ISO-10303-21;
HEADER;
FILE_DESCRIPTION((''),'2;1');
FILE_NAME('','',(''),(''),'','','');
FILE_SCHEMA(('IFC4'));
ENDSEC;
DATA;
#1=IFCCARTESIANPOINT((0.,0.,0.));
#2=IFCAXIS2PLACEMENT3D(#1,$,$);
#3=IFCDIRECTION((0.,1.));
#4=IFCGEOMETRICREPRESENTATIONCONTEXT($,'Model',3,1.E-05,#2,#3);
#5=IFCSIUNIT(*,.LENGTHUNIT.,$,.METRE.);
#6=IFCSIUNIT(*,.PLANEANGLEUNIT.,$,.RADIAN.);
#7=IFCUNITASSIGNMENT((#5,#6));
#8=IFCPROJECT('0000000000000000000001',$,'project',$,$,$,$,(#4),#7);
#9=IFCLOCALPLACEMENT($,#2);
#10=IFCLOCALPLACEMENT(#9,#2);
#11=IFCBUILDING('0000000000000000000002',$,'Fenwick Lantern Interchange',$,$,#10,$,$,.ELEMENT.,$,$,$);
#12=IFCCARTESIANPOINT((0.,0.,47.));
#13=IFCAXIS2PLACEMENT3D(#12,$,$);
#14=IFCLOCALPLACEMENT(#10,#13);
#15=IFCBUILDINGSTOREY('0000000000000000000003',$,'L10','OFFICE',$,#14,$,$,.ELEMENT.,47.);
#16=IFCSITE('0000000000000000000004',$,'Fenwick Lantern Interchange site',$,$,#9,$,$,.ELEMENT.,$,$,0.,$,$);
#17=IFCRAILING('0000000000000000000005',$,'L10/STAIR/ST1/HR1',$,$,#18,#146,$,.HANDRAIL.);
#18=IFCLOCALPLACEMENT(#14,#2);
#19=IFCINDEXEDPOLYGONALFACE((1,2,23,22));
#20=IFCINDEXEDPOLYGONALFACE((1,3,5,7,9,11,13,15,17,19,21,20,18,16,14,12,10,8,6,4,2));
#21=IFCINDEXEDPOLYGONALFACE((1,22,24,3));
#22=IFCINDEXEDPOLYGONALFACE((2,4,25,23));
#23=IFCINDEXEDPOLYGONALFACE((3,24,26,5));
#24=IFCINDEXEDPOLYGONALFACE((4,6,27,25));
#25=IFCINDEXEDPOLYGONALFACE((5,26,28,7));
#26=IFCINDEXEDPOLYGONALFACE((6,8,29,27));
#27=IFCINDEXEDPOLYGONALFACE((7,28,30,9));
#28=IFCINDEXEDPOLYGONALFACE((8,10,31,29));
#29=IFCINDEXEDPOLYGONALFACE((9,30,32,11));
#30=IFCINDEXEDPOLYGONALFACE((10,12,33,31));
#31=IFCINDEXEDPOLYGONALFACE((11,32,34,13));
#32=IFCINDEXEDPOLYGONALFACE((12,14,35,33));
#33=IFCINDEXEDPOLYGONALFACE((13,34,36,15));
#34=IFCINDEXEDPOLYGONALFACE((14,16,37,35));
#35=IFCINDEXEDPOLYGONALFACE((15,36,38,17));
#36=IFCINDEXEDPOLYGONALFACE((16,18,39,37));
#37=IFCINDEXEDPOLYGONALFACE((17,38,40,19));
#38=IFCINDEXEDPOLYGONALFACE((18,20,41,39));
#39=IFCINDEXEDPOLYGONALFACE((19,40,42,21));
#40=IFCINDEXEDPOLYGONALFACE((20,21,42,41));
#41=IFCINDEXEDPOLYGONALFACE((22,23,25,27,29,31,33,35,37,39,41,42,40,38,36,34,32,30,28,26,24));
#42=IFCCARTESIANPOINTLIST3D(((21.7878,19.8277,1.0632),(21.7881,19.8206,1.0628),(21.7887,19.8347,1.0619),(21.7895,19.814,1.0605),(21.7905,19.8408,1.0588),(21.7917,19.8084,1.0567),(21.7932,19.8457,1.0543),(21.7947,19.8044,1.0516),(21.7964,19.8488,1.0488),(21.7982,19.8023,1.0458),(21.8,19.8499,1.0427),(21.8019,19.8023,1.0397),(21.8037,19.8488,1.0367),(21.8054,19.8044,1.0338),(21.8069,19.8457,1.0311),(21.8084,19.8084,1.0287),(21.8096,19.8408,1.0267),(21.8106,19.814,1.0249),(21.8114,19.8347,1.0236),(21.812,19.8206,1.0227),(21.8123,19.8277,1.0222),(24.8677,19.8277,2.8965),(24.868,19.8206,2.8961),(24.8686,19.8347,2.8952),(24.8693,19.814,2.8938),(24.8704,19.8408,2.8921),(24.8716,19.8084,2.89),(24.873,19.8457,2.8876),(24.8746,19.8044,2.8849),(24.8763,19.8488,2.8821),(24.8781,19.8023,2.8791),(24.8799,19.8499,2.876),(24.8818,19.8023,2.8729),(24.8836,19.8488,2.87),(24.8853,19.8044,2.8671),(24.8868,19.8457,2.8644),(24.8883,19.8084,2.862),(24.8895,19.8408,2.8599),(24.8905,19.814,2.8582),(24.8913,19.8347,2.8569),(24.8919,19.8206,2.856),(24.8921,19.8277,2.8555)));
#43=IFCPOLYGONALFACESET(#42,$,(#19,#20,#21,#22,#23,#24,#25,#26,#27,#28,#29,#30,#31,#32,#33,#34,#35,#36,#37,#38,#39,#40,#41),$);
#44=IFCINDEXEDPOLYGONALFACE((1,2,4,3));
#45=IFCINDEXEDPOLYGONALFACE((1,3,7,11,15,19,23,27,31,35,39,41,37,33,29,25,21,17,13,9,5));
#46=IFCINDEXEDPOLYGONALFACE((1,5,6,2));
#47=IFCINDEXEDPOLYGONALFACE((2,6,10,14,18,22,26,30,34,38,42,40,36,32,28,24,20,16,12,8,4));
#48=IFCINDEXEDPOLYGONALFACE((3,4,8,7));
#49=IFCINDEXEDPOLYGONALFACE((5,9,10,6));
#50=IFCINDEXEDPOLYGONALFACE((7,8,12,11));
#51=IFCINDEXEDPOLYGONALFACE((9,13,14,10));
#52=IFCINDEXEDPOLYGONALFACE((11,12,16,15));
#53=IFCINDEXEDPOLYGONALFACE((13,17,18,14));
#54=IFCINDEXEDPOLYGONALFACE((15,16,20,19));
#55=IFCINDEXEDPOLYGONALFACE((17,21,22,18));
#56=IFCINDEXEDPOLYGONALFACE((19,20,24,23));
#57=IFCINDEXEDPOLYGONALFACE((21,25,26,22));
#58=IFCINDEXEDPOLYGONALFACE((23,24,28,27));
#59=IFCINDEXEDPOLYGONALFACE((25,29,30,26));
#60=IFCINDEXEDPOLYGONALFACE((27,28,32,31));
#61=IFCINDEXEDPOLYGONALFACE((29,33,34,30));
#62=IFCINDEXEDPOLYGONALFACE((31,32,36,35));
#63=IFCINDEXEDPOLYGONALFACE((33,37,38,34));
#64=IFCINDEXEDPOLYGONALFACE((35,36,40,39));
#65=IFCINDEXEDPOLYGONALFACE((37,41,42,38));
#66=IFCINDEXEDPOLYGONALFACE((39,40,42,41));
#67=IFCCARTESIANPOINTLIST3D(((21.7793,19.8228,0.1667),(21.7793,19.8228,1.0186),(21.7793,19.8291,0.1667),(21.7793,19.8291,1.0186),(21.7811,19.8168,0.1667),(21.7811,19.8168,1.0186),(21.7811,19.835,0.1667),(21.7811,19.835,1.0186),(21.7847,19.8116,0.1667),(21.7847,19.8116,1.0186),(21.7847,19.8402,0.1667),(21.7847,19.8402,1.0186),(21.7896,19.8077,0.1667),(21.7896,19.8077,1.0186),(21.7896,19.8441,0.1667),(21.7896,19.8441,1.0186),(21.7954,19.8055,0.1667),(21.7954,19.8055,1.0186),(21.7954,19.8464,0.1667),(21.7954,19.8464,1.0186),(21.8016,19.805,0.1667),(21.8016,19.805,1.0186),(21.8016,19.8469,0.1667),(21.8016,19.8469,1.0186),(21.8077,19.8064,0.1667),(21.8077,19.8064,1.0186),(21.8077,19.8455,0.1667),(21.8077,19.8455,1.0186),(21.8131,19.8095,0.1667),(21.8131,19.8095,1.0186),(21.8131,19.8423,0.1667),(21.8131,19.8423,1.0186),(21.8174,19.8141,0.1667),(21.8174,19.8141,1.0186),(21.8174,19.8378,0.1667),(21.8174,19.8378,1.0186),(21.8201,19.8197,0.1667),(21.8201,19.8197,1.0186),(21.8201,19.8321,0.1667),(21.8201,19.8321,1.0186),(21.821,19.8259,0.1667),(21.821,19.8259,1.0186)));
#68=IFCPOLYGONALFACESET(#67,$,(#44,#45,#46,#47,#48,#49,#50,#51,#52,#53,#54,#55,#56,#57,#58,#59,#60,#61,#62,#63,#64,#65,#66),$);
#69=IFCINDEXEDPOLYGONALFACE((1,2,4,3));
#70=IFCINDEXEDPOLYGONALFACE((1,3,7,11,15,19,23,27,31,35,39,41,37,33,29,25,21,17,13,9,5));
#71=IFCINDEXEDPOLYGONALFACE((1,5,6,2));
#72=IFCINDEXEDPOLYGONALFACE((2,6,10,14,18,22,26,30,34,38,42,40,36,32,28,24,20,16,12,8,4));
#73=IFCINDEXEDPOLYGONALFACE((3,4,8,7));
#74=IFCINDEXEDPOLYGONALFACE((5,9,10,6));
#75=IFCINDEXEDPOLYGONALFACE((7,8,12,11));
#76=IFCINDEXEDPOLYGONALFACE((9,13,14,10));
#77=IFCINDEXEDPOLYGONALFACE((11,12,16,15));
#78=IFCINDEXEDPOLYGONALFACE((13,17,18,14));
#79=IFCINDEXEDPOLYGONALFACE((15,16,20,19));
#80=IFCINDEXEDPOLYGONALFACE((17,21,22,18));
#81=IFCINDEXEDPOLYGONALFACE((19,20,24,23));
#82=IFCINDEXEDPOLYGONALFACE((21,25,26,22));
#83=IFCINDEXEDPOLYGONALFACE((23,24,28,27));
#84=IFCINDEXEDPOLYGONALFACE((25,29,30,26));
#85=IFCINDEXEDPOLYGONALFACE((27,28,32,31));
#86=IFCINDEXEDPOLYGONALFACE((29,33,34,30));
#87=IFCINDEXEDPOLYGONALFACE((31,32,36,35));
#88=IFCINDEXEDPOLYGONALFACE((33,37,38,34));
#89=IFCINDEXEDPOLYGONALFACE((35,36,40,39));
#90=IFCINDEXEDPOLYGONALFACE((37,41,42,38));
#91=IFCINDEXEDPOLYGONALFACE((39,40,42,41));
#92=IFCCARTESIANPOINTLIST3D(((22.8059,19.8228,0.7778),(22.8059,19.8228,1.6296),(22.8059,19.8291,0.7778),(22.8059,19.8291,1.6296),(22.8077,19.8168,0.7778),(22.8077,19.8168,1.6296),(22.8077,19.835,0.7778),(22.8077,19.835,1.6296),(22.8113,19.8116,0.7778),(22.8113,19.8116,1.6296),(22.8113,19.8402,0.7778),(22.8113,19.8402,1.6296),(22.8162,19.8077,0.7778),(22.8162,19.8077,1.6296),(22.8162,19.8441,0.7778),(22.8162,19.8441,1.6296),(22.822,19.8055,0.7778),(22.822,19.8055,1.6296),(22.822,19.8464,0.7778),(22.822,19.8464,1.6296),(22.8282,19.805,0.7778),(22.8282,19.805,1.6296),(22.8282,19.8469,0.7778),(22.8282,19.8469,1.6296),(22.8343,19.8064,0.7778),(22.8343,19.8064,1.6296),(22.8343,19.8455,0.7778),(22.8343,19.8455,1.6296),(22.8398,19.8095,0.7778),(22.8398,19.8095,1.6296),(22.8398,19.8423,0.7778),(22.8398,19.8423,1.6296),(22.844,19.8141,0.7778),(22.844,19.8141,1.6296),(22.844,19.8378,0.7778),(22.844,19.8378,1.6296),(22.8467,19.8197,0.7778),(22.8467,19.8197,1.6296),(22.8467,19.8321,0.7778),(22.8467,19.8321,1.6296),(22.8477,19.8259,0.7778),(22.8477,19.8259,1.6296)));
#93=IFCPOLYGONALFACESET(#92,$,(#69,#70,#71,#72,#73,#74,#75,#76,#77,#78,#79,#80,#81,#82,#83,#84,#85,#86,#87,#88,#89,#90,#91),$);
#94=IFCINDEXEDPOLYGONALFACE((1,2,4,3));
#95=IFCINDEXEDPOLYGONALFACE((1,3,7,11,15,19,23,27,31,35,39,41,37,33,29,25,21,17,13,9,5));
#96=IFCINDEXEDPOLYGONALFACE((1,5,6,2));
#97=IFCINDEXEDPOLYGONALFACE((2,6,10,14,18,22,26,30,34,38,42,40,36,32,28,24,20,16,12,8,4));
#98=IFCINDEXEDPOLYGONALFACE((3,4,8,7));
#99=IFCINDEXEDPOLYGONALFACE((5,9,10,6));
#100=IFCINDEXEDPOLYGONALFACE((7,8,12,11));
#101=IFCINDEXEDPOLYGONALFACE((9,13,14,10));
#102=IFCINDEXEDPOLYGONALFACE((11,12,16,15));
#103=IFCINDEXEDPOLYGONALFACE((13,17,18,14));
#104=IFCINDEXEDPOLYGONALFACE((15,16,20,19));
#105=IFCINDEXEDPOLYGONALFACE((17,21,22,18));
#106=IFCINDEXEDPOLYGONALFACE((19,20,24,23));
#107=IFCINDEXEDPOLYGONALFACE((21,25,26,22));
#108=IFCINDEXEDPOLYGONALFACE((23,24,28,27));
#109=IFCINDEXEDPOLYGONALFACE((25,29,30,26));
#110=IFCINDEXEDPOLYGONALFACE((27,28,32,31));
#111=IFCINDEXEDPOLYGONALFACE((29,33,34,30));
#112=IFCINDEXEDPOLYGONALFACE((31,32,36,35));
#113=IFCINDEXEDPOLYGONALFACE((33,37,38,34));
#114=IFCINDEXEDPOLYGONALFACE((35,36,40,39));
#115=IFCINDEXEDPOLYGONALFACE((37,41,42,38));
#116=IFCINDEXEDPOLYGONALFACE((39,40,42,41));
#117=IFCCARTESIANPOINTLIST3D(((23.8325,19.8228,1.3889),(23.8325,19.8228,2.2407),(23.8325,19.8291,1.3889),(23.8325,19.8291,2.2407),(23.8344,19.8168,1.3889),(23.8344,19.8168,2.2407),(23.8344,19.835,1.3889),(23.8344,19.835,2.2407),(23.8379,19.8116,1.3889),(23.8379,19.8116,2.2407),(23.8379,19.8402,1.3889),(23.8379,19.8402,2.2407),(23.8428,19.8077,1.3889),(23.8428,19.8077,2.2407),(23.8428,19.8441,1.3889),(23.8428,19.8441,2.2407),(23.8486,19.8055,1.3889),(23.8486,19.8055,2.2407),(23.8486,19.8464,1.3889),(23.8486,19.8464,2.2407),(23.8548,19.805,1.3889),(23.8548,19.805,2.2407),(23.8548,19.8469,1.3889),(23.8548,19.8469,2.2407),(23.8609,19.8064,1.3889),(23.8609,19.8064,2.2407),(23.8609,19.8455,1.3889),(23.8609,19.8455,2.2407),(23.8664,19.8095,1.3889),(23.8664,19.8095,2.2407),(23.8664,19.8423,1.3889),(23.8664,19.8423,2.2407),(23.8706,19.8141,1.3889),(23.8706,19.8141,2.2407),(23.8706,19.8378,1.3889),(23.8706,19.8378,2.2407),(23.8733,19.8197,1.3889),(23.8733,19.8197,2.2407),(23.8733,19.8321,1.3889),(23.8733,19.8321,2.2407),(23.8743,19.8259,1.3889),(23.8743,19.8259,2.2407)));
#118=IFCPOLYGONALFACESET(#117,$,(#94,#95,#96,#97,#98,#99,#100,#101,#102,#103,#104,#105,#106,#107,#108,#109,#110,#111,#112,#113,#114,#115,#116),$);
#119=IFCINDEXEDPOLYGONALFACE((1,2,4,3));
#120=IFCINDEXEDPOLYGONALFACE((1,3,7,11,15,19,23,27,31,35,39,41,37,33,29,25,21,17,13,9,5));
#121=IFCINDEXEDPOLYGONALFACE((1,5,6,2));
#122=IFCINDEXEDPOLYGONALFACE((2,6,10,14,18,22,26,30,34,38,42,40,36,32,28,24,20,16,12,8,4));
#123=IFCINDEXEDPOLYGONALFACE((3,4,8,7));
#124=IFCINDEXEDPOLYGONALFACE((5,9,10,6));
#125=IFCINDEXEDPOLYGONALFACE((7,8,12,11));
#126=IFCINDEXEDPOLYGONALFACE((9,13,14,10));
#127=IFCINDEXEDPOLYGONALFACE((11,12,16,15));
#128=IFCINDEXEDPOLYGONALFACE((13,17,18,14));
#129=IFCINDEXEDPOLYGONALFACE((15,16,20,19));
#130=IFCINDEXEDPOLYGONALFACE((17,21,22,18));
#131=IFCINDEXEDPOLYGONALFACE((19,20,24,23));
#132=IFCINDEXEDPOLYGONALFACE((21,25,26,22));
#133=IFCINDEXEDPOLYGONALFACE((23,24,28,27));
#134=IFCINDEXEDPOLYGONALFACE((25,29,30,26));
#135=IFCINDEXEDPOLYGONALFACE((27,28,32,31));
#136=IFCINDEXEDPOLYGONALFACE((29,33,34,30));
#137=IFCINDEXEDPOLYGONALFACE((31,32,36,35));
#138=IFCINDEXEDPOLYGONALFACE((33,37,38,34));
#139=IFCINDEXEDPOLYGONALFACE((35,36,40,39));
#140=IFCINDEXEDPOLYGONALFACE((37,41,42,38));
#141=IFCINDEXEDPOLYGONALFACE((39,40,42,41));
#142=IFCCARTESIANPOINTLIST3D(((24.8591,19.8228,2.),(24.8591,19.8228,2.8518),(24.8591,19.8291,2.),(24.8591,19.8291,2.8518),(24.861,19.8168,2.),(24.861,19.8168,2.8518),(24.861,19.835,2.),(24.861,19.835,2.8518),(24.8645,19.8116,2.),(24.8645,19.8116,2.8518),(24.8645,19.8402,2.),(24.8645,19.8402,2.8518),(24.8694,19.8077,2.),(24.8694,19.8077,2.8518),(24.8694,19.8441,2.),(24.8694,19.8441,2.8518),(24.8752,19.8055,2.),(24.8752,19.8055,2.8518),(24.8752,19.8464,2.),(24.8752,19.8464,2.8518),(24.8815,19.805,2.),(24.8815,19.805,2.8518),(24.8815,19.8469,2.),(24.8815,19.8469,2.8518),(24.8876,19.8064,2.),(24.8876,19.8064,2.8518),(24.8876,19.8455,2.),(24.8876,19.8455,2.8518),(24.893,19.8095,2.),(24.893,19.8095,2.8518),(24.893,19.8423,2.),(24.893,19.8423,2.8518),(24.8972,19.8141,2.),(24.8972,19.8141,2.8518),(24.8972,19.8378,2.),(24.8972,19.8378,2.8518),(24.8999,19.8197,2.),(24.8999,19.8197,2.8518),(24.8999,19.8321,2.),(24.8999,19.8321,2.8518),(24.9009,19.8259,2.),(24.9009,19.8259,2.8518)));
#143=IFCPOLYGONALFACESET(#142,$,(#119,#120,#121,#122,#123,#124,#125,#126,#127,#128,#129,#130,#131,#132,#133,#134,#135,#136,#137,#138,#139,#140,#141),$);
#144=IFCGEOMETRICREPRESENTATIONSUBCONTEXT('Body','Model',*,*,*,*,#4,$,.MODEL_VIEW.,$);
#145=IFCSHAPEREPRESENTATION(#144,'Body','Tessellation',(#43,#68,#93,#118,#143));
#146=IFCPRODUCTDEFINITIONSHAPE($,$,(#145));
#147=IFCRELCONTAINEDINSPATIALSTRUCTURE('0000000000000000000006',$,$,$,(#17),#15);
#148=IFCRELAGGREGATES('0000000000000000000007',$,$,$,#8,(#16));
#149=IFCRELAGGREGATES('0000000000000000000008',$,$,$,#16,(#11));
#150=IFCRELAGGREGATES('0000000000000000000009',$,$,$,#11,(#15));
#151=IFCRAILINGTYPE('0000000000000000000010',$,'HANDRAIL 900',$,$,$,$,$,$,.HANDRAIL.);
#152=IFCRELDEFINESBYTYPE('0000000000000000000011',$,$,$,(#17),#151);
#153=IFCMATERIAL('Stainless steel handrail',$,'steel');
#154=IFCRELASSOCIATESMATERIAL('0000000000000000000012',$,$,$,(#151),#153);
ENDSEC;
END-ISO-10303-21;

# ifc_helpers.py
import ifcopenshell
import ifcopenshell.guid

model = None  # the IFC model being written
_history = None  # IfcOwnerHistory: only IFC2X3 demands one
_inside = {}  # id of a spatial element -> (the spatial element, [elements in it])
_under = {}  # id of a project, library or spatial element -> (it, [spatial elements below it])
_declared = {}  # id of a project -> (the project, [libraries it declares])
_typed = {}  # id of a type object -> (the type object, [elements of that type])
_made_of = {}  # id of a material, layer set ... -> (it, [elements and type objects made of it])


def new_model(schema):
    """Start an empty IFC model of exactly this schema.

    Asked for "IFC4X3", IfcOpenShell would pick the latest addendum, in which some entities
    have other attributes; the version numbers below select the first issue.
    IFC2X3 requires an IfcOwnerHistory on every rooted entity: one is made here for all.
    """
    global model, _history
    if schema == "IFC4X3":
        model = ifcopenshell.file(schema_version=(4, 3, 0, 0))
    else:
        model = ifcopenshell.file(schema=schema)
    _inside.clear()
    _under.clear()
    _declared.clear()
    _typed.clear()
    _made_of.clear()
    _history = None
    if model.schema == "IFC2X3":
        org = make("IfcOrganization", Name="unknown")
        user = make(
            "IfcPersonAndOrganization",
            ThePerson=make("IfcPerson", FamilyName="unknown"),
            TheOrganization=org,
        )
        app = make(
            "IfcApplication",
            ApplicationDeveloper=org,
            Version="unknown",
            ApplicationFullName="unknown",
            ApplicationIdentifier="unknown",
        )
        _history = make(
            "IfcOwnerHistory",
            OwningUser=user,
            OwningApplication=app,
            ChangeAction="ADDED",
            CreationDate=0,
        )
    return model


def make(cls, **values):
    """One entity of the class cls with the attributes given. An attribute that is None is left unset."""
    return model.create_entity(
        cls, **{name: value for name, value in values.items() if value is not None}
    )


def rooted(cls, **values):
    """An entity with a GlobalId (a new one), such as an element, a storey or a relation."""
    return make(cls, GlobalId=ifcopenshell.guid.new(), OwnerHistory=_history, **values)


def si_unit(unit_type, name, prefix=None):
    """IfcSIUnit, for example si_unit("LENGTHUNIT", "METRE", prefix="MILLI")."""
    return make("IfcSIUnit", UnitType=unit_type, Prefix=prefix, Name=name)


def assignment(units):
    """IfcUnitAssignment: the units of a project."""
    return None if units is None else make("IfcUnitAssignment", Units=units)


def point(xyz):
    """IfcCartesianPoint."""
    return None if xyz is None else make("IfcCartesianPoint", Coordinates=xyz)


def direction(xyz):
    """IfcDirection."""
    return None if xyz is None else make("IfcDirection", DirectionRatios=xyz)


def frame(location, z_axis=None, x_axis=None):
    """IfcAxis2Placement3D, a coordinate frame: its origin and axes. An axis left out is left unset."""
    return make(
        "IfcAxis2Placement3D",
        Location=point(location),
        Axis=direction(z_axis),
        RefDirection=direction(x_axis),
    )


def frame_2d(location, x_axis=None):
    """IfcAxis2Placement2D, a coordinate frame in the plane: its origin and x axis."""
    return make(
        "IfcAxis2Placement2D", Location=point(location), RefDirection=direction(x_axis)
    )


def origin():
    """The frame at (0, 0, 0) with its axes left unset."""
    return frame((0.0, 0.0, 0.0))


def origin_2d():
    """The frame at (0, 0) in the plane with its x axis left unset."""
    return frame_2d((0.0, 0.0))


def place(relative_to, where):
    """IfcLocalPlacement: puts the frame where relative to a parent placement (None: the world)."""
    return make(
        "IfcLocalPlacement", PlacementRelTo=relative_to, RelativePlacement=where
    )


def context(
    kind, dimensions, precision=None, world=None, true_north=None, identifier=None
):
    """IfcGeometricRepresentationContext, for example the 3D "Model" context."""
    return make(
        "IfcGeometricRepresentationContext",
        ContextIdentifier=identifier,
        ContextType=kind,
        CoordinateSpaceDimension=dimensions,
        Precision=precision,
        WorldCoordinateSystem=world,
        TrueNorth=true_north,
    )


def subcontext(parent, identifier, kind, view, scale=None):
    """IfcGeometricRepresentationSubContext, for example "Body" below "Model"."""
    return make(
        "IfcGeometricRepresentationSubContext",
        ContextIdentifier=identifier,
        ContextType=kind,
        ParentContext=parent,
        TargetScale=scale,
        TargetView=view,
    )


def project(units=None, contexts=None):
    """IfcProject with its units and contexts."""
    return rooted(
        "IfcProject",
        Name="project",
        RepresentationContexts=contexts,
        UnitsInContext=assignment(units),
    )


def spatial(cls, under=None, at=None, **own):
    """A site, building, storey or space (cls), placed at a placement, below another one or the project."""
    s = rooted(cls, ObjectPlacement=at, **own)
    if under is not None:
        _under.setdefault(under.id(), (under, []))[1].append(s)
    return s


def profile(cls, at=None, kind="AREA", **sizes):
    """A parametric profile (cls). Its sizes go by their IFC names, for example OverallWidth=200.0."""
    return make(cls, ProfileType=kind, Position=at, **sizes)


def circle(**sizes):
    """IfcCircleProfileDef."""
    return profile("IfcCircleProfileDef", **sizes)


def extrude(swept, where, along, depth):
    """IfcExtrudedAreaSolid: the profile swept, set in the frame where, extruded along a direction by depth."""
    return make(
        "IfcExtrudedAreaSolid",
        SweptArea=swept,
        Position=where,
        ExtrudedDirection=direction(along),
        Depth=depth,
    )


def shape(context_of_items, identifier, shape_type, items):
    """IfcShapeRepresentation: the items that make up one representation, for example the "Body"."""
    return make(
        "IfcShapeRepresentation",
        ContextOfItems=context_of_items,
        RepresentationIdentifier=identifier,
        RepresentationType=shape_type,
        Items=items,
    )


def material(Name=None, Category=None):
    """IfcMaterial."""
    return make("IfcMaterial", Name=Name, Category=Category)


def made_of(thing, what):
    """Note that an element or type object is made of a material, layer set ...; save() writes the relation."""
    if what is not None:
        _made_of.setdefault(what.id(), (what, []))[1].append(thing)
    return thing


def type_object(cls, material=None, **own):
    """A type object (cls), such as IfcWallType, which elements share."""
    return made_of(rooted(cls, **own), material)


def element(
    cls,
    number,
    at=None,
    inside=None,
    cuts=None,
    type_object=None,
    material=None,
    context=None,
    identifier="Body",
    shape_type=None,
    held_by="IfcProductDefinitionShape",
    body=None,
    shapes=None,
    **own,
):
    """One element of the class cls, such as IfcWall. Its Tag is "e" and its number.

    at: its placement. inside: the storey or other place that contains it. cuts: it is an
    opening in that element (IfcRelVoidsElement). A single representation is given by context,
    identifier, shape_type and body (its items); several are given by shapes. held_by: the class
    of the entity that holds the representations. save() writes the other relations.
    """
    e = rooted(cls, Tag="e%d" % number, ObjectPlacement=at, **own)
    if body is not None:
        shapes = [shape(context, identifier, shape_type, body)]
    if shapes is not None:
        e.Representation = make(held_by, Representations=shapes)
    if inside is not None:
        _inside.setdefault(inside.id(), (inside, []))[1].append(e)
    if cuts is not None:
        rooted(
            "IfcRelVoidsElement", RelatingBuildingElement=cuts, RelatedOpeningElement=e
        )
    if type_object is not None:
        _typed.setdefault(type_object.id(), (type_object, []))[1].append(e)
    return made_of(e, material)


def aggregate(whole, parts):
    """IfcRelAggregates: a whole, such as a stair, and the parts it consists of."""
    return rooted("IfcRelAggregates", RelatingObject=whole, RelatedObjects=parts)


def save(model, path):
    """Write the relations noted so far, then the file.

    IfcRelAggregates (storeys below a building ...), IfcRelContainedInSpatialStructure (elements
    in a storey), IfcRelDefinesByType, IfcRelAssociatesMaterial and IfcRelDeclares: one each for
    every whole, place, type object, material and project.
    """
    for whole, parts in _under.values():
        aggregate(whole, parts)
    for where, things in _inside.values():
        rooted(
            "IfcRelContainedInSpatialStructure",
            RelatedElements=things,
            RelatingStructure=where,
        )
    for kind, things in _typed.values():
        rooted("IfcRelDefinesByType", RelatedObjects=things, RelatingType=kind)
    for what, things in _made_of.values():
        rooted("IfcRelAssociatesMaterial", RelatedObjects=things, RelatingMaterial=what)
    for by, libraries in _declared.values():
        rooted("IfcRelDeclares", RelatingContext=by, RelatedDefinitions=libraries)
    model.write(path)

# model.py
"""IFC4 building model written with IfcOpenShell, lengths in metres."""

from ifc_helpers import new_model, si_unit, direction, frame, origin, origin_2d, place, context, subcontext, project, spatial, circle, extrude, material, type_object, element, save


model = new_model("IFC4")

# Units and contexts
model_context = context("Model", 3, precision=1e-05, world=origin(), true_north=direction((0.0, 1.0)))
body_context = subcontext(model_context, "Body", "Model", "MODEL_VIEW")
ifc_project = project(units=[si_unit("LENGTHUNIT", "METRE"), si_unit("PLANEANGLEUNIT", "RADIAN")], contexts=[model_context])

# Site, building, storey
site_placement = place(None, origin())
site = spatial("IfcSite", under=ifc_project, at=site_placement, Name="Fenwick Lantern Interchange site", CompositionType="ELEMENT", RefElevation=0.0)
building_placement = place(site_placement, origin())
building = spatial("IfcBuilding", under=site, at=building_placement, Name="Fenwick Lantern Interchange", CompositionType="ELEMENT")
storey_placement = place(building_placement, frame((0.0, 0.0, 47.0)))
storey = spatial("IfcBuildingStorey", under=building, at=storey_placement, Name="L10", Description="OFFICE", CompositionType="ELEMENT", Elevation=47.0)

# Railing
ifc_material_1 = material(Name="Stainless steel handrail", Category="steel")
railing_type = type_object("IfcRailingType", Name="HANDRAIL 900", PredefinedType="HANDRAIL", material=ifc_material_1)
railing_1_placement = place(storey_placement, frame((21.8, 19.8259, 0.1667)))
element("IfcRailing", 1, at=railing_1_placement, inside=storey, type_object=railing_type, Name="L10/STAIR/ST1/HR1", PredefinedType="HANDRAIL", context=body_context, shape_type="SweptSolid", body=[
    extrude(circle(Radius=0.0239, at=origin_2d()), frame((0.0, 0.0, 0.876), z_axis=(0.859291, 0.0, 0.511487), x_axis=(0.0, 1.0, 0.0)), (0.0, 0.0, 1.0), 3.5842),
    extrude(circle(Radius=0.021, at=origin_2d()), origin(), (0.0, 0.0, 1.0), 0.8518),
    extrude(circle(Radius=0.021, at=origin_2d()), frame((1.0266, 0.0, 0.6111)), (0.0, 0.0, 1.0), 0.8518),
    extrude(circle(Radius=0.021, at=origin_2d()), frame((2.0532, 0.0, 1.2222)), (0.0, 0.0, 1.0), 0.8518),
    extrude(circle(Radius=0.021, at=origin_2d()), frame((3.0798, 0.0, 1.8333)), (0.0, 0.0, 1.0), 0.8518),
])

save(model, "model.ifc")
